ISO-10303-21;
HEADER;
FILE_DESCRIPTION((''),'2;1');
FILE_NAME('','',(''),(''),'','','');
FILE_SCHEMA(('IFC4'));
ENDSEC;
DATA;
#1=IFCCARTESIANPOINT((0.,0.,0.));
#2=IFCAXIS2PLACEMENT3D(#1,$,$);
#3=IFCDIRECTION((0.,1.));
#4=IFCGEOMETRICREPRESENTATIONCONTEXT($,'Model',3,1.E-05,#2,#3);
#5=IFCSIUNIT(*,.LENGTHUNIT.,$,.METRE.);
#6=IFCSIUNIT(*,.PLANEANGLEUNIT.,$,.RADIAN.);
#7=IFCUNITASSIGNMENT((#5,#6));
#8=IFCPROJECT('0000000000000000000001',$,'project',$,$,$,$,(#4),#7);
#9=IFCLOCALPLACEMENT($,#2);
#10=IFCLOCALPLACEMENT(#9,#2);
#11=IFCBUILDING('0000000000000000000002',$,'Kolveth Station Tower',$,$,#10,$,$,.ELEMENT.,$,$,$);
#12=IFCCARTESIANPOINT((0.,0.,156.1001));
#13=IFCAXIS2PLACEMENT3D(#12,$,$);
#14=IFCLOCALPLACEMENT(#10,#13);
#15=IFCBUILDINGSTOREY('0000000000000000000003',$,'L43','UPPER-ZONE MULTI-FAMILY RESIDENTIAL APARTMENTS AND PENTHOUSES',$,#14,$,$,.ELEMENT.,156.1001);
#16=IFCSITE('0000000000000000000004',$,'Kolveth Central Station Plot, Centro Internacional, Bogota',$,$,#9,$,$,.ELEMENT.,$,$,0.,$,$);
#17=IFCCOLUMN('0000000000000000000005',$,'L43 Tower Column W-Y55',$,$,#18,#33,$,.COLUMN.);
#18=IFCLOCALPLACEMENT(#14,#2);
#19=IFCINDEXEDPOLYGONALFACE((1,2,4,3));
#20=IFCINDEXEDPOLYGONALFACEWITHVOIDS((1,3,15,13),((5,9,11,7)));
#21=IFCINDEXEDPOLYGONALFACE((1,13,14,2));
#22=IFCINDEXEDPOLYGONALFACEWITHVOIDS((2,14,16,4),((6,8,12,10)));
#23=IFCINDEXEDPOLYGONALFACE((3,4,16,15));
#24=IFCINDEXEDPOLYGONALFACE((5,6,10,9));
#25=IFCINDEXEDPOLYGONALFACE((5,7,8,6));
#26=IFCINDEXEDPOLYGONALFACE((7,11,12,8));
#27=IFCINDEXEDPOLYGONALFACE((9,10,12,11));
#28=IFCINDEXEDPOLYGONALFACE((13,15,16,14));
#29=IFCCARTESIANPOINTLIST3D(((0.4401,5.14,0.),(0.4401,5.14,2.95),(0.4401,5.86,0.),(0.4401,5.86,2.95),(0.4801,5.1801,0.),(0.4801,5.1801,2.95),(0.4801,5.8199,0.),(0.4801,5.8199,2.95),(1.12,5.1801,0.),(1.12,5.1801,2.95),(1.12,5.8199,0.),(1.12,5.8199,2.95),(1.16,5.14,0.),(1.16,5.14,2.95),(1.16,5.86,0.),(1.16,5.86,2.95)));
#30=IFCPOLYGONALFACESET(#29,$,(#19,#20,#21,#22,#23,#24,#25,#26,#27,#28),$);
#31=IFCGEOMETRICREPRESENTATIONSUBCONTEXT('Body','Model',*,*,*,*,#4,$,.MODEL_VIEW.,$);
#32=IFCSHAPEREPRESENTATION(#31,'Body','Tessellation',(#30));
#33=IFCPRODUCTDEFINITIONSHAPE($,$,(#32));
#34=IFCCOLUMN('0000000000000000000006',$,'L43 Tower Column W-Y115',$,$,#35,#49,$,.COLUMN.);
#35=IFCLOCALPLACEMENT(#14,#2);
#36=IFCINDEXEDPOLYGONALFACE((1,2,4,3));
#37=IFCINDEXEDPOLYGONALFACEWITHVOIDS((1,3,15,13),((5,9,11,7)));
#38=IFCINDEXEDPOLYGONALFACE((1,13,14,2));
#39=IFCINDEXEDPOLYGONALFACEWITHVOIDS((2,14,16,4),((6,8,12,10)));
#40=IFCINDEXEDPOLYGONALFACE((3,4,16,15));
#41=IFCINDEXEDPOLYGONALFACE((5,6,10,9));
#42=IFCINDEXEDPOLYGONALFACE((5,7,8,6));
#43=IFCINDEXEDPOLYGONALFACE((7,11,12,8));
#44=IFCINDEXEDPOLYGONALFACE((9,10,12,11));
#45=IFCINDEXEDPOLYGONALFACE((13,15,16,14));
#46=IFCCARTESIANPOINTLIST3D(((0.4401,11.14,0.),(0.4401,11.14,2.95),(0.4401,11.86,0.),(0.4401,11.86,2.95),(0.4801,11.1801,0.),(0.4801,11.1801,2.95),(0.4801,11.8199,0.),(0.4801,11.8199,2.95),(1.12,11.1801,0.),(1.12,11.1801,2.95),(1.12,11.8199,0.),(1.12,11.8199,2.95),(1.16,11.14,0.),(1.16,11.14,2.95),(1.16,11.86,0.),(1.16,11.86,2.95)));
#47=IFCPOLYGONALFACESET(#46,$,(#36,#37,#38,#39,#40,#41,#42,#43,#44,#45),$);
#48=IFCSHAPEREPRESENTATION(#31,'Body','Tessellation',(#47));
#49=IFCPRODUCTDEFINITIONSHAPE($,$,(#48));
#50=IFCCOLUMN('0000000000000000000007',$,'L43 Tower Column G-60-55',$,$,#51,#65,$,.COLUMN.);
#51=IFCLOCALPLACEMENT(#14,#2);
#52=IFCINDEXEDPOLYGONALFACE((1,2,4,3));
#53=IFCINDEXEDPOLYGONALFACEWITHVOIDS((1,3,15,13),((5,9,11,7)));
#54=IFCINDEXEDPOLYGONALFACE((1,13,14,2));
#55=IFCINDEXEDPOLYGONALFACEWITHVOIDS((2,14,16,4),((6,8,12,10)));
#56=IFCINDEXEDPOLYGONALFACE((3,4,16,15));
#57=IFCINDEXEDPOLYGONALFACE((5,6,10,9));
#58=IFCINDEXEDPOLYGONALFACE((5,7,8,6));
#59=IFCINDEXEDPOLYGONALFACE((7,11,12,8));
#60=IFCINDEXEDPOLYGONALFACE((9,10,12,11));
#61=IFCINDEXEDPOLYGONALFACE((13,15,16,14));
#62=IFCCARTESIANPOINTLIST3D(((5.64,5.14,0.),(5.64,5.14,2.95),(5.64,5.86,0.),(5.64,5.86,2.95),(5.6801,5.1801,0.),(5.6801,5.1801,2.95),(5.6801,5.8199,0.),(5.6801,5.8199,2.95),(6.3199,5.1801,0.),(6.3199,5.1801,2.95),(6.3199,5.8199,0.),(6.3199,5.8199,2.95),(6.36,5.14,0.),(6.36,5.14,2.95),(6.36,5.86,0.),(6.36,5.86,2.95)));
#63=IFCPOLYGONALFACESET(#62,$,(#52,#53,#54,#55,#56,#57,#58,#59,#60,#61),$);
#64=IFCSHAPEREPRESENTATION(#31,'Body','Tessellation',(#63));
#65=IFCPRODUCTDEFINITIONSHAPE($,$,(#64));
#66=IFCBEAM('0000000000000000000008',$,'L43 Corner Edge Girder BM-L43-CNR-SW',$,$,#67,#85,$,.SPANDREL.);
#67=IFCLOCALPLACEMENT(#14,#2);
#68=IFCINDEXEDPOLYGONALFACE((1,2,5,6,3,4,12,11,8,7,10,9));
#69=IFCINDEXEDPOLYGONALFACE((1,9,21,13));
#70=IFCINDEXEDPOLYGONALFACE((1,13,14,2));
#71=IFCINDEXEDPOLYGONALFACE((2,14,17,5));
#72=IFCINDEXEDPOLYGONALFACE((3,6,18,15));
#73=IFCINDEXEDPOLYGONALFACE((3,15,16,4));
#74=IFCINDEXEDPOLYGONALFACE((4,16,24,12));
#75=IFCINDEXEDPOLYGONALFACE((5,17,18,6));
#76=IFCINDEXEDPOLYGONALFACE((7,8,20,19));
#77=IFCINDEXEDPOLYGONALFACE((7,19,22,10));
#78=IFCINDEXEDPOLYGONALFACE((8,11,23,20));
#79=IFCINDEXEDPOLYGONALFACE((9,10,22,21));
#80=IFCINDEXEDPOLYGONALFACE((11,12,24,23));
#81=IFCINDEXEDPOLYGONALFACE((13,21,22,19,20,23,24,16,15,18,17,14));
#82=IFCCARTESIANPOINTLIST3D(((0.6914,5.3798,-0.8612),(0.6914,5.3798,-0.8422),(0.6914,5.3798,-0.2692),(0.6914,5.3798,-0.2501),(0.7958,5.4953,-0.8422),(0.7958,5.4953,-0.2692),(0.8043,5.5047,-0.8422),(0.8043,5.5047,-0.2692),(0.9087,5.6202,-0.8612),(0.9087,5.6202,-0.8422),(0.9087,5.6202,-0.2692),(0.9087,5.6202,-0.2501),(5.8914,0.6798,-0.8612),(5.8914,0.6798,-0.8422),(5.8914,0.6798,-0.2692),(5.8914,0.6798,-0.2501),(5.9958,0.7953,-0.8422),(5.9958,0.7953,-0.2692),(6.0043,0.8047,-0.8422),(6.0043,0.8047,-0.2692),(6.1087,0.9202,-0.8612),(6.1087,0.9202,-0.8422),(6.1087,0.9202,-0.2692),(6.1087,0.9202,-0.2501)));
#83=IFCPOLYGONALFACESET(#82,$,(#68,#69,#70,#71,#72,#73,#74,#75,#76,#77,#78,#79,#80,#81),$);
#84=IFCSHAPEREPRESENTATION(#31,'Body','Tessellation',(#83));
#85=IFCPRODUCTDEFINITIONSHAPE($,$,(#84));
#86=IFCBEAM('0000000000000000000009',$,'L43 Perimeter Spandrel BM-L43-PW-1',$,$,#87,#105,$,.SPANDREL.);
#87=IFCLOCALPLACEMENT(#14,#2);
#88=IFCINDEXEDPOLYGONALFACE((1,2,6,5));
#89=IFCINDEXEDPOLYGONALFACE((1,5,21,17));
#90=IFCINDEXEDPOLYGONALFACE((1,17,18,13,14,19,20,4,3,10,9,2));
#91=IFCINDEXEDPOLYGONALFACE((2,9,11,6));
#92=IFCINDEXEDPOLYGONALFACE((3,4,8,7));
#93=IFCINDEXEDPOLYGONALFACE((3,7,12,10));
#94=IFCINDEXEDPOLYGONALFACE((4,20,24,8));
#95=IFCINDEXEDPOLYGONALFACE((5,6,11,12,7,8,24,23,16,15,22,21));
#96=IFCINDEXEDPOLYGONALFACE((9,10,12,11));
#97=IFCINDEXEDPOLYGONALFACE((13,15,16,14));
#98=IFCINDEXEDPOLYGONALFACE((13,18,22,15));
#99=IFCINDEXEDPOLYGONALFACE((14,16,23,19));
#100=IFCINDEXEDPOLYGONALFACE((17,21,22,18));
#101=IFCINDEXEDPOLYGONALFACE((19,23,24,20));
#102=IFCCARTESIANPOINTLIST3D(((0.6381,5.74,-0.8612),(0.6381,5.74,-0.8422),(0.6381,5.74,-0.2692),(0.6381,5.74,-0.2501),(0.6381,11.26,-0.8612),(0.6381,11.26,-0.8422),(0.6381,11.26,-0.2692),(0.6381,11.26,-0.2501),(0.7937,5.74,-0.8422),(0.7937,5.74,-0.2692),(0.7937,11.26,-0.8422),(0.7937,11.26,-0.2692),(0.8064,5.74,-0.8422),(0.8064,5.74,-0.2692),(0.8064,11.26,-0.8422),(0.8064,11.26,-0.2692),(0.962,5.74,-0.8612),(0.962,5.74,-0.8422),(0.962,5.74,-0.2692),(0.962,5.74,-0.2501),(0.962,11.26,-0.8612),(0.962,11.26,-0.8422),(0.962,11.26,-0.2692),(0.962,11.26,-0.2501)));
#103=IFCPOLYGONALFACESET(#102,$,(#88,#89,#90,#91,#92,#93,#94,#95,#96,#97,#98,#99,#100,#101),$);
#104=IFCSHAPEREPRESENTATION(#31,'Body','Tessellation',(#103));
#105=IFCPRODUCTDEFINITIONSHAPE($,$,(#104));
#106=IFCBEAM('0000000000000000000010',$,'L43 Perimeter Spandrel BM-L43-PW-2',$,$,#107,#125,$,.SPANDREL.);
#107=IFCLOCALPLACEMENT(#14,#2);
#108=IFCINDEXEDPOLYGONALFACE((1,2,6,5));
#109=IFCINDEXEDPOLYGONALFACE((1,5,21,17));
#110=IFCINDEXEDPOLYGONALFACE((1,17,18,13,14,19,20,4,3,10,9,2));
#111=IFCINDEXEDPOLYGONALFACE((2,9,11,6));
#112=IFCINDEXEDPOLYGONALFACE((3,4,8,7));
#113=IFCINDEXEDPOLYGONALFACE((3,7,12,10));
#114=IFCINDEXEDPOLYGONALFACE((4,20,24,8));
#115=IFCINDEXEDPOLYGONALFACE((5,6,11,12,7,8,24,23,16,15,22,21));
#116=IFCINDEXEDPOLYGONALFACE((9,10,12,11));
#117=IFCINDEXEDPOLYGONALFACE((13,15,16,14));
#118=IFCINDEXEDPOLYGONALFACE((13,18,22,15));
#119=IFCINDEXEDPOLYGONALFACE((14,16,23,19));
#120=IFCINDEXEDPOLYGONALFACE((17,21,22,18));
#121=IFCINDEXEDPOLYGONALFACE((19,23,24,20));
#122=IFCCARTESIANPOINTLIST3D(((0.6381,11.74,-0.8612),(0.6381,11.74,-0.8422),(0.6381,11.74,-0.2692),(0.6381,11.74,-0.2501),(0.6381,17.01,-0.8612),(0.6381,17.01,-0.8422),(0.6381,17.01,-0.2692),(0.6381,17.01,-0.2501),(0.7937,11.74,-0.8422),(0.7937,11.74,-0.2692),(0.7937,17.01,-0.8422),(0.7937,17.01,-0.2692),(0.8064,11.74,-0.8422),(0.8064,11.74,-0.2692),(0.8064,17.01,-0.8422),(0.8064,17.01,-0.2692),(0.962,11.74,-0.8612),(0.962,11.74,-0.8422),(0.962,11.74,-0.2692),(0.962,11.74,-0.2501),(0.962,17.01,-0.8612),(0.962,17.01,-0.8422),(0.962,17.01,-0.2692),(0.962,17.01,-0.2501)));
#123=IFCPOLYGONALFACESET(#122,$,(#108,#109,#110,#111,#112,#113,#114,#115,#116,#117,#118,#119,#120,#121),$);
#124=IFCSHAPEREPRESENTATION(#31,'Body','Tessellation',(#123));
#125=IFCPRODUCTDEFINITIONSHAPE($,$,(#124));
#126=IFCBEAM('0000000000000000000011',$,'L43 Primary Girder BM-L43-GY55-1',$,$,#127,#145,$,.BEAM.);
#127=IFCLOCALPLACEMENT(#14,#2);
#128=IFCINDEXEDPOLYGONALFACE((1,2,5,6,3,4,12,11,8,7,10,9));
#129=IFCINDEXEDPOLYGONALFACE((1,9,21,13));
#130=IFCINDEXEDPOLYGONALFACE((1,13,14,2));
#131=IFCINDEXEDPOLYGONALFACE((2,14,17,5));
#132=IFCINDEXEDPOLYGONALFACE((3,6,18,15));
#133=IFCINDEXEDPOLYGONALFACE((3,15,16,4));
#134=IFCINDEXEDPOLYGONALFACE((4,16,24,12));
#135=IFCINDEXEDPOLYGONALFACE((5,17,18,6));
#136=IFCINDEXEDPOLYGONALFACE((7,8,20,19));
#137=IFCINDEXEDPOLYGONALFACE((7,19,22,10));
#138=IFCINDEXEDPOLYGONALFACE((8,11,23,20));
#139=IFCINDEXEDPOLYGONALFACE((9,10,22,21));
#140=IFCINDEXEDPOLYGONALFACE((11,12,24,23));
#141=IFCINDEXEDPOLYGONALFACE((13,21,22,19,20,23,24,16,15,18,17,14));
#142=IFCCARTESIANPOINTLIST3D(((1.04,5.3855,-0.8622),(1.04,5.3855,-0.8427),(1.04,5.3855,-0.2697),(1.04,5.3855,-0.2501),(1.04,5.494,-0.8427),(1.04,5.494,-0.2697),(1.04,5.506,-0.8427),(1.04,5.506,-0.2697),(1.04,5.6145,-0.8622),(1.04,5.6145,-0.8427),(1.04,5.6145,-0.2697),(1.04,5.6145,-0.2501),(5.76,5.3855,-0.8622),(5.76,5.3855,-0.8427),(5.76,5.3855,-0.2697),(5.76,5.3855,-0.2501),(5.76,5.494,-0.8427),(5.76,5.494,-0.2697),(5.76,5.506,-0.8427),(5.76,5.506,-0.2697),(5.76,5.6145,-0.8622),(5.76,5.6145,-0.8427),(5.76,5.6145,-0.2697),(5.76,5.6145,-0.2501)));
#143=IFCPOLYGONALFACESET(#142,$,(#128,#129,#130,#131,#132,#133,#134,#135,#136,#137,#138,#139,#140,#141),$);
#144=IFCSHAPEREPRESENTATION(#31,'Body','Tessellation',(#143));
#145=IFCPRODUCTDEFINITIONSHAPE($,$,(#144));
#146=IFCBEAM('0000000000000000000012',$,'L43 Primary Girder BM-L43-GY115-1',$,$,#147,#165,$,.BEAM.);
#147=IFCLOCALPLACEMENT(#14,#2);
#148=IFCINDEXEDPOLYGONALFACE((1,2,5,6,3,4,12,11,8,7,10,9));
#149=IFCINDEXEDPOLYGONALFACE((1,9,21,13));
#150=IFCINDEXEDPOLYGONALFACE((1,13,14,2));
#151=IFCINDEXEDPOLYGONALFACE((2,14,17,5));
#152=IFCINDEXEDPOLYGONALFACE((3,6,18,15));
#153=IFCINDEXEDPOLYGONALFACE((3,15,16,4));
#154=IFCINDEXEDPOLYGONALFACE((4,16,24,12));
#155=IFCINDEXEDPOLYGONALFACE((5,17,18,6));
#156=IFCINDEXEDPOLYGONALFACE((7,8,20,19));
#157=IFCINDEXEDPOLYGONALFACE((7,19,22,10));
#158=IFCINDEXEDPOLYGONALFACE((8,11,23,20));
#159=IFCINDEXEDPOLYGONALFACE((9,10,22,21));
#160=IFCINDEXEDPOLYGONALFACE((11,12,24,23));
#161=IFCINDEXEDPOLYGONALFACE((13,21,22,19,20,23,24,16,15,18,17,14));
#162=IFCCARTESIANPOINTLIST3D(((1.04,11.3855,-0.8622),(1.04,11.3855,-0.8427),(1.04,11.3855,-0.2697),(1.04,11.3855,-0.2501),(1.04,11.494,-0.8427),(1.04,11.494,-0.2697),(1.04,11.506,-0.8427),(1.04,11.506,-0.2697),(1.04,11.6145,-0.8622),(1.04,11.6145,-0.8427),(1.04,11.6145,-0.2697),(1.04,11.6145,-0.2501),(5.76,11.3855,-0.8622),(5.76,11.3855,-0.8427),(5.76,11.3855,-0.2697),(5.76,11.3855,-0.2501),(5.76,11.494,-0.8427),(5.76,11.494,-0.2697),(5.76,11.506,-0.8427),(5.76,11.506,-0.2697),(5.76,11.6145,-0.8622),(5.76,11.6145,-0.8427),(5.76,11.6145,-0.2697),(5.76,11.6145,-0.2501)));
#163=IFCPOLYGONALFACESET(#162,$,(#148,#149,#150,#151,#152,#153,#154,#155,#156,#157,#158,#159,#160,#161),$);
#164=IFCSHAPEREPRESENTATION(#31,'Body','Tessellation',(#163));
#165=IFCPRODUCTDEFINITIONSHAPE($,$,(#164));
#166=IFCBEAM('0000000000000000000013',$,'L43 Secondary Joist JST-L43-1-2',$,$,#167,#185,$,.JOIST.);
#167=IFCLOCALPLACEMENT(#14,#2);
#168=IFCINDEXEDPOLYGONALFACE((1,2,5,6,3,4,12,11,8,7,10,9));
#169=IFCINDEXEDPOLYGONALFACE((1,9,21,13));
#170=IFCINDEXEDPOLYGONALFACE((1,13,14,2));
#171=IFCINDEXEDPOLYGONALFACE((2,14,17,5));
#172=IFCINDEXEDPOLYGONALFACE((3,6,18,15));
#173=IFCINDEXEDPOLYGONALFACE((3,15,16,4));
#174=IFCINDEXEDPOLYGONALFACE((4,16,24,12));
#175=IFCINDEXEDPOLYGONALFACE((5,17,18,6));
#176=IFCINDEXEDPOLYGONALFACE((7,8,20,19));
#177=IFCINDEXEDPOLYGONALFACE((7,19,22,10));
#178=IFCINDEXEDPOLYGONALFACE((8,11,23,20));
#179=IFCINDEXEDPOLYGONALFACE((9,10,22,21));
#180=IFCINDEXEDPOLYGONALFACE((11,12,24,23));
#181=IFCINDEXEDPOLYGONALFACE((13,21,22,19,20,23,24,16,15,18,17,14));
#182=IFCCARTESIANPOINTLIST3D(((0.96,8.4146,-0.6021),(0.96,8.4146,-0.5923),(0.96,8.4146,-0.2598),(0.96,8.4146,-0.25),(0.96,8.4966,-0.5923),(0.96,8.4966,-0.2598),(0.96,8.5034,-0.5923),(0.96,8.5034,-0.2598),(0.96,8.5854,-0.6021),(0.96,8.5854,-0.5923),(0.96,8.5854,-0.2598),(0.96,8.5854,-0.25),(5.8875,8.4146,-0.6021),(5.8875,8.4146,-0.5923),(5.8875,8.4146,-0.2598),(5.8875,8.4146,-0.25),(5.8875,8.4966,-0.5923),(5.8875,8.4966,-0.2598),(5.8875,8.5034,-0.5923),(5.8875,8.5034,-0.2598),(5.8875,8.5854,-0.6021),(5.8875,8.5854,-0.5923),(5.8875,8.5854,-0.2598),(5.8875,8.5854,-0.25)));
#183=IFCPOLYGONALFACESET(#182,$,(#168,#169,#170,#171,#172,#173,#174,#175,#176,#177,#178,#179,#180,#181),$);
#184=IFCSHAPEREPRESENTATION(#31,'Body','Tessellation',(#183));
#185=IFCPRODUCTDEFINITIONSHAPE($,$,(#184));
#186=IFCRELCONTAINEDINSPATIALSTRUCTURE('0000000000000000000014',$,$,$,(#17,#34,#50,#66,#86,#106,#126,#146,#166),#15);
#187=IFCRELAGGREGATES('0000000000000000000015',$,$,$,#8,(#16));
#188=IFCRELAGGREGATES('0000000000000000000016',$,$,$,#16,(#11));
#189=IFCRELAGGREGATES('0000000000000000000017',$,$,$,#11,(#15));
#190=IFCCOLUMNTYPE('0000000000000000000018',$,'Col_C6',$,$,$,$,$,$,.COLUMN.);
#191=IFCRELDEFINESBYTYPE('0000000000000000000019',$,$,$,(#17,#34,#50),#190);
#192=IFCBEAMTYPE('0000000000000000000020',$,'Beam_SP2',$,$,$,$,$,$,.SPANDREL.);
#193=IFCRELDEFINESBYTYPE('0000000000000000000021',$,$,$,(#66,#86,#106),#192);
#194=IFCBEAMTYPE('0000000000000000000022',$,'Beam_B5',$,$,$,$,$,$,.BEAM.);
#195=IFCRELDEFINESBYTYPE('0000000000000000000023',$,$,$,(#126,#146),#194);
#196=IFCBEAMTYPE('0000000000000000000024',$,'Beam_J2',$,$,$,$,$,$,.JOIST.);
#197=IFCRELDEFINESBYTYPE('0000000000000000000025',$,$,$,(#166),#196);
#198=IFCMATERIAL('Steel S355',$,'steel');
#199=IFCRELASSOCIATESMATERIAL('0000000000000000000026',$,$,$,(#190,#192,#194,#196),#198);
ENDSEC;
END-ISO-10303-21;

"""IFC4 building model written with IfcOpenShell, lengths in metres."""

from ifc_helpers import new_model, si_unit, direction, frame, origin, origin_2d, place, context, subcontext, project, spatial, hollow_rectangle, i_section, extrude, source, transform, mapped, material, material_profile, profile_set, type_object, element, save


model = new_model("IFC4")

# Units and contexts
model_context = context("Model", 3, precision=1e-05, world=origin(), true_north=direction((0.0, 1.0)))
body_context = subcontext(model_context, "Body", "Model", "MODEL_VIEW")
ifc_project = project(units=[si_unit("LENGTHUNIT", "METRE"), si_unit("PLANEANGLEUNIT", "RADIAN")], contexts=[model_context])

# Site, building, storey
site_placement = place(None, origin())
site = spatial("IfcSite", under=ifc_project, at=site_placement, Name="Kolveth Central Station Plot, Centro Internacional, Bogota", CompositionType="ELEMENT", RefElevation=0.0)
building_placement = place(site_placement, origin())
building = spatial("IfcBuilding", under=site, at=building_placement, Name="Kolveth Station Tower", CompositionType="ELEMENT")
storey_placement = place(building_placement, frame((0.0, 0.0, 156.1001)))
storey = spatial("IfcBuildingStorey", under=building, at=storey_placement, Name="L43", Description="UPPER-ZONE MULTI-FAMILY RESIDENTIAL APARTMENTS AND PENTHOUSES", CompositionType="ELEMENT", Elevation=156.1001)

# Columns
ifc_material_1 = material(Name="Steel S355", Category="steel")
ifc_material_profile_1 = material_profile(ifc_material_1, hollow_rectangle(XDim=0.72, YDim=0.72, WallThickness=0.04, at=origin_2d()), Name="BOX720x720x40")
ifc_profile_set_1 = profile_set([ifc_material_profile_1], Name="Steel S355")
column_type = type_object("IfcColumnType", Name="Col_C6", PredefinedType="COLUMN", material=ifc_profile_set_1)
shared_shape_1 = source(origin(), body_context, "Body", "SweptSolid", [
    extrude(hollow_rectangle(XDim=0.72, YDim=0.72, WallThickness=0.04, at=origin_2d()), origin(), (0.0, 0.0, 1.0), 2.95),
])
for number, where, z_axis, x_axis, name in (
    (1, (0.8, 5.5, 0.0), (0.0, 0.0, 1.0), (1.0, 0.0, 0.0), "L43 Tower Column W-Y55"),
    (2, (0.8, 11.5, 0.0), (0.0, 0.0, 1.0), (1.0, 0.0, 0.0), "L43 Tower Column W-Y115"),
    (3, (6.0, 5.5, 0.0), (0.0, 0.0, 1.0), (1.0, 0.0, 0.0), "L43 Tower Column G-60-55"),
):
    element("IfcColumn", number, at=place(storey_placement, frame(where, z_axis=z_axis, x_axis=x_axis)), inside=storey, type_object=column_type, Name=name, PredefinedType="COLUMN", context=body_context, shape_type="MappedRepresentation", body=[
        mapped(shared_shape_1, transform((0.0, 0.0, 0.0), x_axis=(1.0, 0.0, 0.0), y_axis=(0.0, 1.0, 0.0), z_axis=(0.0, 0.0, 1.0), scale=1.0)),
    ])

# Beams
ifc_material_profile_2 = material_profile(ifc_material_1, i_section(OverallWidth=0.324, OverallDepth=0.6111, WebThickness=0.0127, FlangeThickness=0.019, at=origin_2d()), Name="W610x155")
ifc_profile_set_2 = profile_set([ifc_material_profile_2], Name="Steel S355")
beam_type_1 = type_object("IfcBeamType", Name="Beam_SP2", PredefinedType="SPANDREL", material=ifc_profile_set_2)
shared_shape_2 = source(origin(), body_context, "Body", "SweptSolid", [
    extrude(i_section(OverallWidth=0.324, OverallDepth=0.6111, WebThickness=0.0127, FlangeThickness=0.019, at=origin_2d()), origin(), (0.0, 0.0, 1.0), 7.0093),
])
beam_1_placement = place(storey_placement, frame((0.8, 5.5, -0.5557), z_axis=(0.741874, -0.670539, 0.0), x_axis=(0.670539, 0.741874, 0.0)))
element("IfcBeam", 4, at=beam_1_placement, inside=storey, type_object=beam_type_1, Name="L43 Corner Edge Girder BM-L43-CNR-SW", PredefinedType="SPANDREL", context=body_context, shape_type="MappedRepresentation", body=[
    mapped(shared_shape_2, transform((0.0, 0.0, 0.0), x_axis=(1.0, 0.0, 0.0), y_axis=(0.0, 1.0, 0.0), z_axis=(0.0, 0.0, 1.0), scale=1.0)),
])
shared_shape_3 = source(origin(), body_context, "Body", "SweptSolid", [
    extrude(i_section(OverallWidth=0.324, OverallDepth=0.6111, WebThickness=0.0127, FlangeThickness=0.019, at=origin_2d()), origin(), (0.0, 0.0, 1.0), 5.52),
])
beam_2_placement = place(storey_placement, frame((0.8, 5.74, -0.5557), z_axis=(0.0, 1.0, 0.0), x_axis=(-1.0, 0.0, 0.0)))
element("IfcBeam", 5, at=beam_2_placement, inside=storey, type_object=beam_type_1, Name="L43 Perimeter Spandrel BM-L43-PW-1", PredefinedType="SPANDREL", context=body_context, shape_type="MappedRepresentation", body=[
    mapped(shared_shape_3, transform((0.0, 0.0, 0.0), x_axis=(1.0, 0.0, 0.0), y_axis=(0.0, 1.0, 0.0), z_axis=(0.0, 0.0, 1.0), scale=1.0)),
])
shared_shape_4 = source(origin(), body_context, "Body", "SweptSolid", [
    extrude(i_section(OverallWidth=0.324, OverallDepth=0.6111, WebThickness=0.0127, FlangeThickness=0.019, at=origin_2d()), origin(), (0.0, 0.0, 1.0), 5.27),
])
beam_3_placement = place(storey_placement, frame((0.8, 11.74, -0.5557), z_axis=(0.0, 1.0, 0.0), x_axis=(-1.0, 0.0, 0.0)))
element("IfcBeam", 6, at=beam_3_placement, inside=storey, type_object=beam_type_1, Name="L43 Perimeter Spandrel BM-L43-PW-2", PredefinedType="SPANDREL", context=body_context, shape_type="MappedRepresentation", body=[
    mapped(shared_shape_4, transform((0.0, 0.0, 0.0), x_axis=(1.0, 0.0, 0.0), y_axis=(0.0, 1.0, 0.0), z_axis=(0.0, 0.0, 1.0), scale=1.0)),
])
ifc_material_profile_3 = material_profile(ifc_material_1, i_section(OverallWidth=0.229, OverallDepth=0.6121, WebThickness=0.012, FlangeThickness=0.0195, at=origin_2d()), Name="W610x125")
ifc_profile_set_3 = profile_set([ifc_material_profile_3], Name="Steel S355")
beam_type_2 = type_object("IfcBeamType", Name="Beam_B5", PredefinedType="BEAM", material=ifc_profile_set_3)
shared_shape_5 = source(origin(), body_context, "Body", "SweptSolid", [
    extrude(i_section(OverallWidth=0.229, OverallDepth=0.6121, WebThickness=0.012, FlangeThickness=0.0195, at=origin_2d()), origin(), (0.0, 0.0, 1.0), 4.72),
])
for number, where, z_axis, x_axis, name in (
    (7, (1.04, 5.5, -0.5562), (1.0, 0.0, 0.0), (0.0, 1.0, 0.0), "L43 Primary Girder BM-L43-GY55-1"),
    (8, (1.04, 11.5, -0.5562), (1.0, 0.0, 0.0), (0.0, 1.0, 0.0), "L43 Primary Girder BM-L43-GY115-1"),
):
    element("IfcBeam", number, at=place(storey_placement, frame(where, z_axis=z_axis, x_axis=x_axis)), inside=storey, type_object=beam_type_2, Name=name, PredefinedType="BEAM", context=body_context, shape_type="MappedRepresentation", body=[
        mapped(shared_shape_5, transform((0.0, 0.0, 0.0), x_axis=(1.0, 0.0, 0.0), y_axis=(0.0, 1.0, 0.0), z_axis=(0.0, 0.0, 1.0), scale=1.0)),
    ])
ifc_material_profile_4 = material_profile(ifc_material_1, i_section(OverallWidth=0.1709, OverallDepth=0.3521, WebThickness=0.0068, FlangeThickness=0.0098, at=origin_2d()), Name="W360x44")
ifc_profile_set_4 = profile_set([ifc_material_profile_4], Name="Steel S355")
beam_type_3 = type_object("IfcBeamType", Name="Beam_J2", PredefinedType="JOIST", material=ifc_profile_set_4)
shared_shape_6 = source(origin(), body_context, "Body", "SweptSolid", [
    extrude(i_section(OverallWidth=0.1709, OverallDepth=0.3521, WebThickness=0.0068, FlangeThickness=0.0098, at=origin_2d()), origin(), (0.0, 0.0, 1.0), 4.9275),
])
for number, where, z_axis, x_axis, name in (
    (9, (0.96, 8.5, -0.426), (1.0, 0.0, 0.0), (0.0, 1.0, 0.0), "L43 Secondary Joist JST-L43-1-2"),
):
    element("IfcBeam", number, at=place(storey_placement, frame(where, z_axis=z_axis, x_axis=x_axis)), inside=storey, type_object=beam_type_3, Name=name, PredefinedType="JOIST", context=body_context, shape_type="MappedRepresentation", body=[
        mapped(shared_shape_6, transform((0.0, 0.0, 0.0), x_axis=(1.0, 0.0, 0.0), y_axis=(0.0, 1.0, 0.0), z_axis=(0.0, 0.0, 1.0), scale=1.0)),
    ])

save(model, "model.ifc")
